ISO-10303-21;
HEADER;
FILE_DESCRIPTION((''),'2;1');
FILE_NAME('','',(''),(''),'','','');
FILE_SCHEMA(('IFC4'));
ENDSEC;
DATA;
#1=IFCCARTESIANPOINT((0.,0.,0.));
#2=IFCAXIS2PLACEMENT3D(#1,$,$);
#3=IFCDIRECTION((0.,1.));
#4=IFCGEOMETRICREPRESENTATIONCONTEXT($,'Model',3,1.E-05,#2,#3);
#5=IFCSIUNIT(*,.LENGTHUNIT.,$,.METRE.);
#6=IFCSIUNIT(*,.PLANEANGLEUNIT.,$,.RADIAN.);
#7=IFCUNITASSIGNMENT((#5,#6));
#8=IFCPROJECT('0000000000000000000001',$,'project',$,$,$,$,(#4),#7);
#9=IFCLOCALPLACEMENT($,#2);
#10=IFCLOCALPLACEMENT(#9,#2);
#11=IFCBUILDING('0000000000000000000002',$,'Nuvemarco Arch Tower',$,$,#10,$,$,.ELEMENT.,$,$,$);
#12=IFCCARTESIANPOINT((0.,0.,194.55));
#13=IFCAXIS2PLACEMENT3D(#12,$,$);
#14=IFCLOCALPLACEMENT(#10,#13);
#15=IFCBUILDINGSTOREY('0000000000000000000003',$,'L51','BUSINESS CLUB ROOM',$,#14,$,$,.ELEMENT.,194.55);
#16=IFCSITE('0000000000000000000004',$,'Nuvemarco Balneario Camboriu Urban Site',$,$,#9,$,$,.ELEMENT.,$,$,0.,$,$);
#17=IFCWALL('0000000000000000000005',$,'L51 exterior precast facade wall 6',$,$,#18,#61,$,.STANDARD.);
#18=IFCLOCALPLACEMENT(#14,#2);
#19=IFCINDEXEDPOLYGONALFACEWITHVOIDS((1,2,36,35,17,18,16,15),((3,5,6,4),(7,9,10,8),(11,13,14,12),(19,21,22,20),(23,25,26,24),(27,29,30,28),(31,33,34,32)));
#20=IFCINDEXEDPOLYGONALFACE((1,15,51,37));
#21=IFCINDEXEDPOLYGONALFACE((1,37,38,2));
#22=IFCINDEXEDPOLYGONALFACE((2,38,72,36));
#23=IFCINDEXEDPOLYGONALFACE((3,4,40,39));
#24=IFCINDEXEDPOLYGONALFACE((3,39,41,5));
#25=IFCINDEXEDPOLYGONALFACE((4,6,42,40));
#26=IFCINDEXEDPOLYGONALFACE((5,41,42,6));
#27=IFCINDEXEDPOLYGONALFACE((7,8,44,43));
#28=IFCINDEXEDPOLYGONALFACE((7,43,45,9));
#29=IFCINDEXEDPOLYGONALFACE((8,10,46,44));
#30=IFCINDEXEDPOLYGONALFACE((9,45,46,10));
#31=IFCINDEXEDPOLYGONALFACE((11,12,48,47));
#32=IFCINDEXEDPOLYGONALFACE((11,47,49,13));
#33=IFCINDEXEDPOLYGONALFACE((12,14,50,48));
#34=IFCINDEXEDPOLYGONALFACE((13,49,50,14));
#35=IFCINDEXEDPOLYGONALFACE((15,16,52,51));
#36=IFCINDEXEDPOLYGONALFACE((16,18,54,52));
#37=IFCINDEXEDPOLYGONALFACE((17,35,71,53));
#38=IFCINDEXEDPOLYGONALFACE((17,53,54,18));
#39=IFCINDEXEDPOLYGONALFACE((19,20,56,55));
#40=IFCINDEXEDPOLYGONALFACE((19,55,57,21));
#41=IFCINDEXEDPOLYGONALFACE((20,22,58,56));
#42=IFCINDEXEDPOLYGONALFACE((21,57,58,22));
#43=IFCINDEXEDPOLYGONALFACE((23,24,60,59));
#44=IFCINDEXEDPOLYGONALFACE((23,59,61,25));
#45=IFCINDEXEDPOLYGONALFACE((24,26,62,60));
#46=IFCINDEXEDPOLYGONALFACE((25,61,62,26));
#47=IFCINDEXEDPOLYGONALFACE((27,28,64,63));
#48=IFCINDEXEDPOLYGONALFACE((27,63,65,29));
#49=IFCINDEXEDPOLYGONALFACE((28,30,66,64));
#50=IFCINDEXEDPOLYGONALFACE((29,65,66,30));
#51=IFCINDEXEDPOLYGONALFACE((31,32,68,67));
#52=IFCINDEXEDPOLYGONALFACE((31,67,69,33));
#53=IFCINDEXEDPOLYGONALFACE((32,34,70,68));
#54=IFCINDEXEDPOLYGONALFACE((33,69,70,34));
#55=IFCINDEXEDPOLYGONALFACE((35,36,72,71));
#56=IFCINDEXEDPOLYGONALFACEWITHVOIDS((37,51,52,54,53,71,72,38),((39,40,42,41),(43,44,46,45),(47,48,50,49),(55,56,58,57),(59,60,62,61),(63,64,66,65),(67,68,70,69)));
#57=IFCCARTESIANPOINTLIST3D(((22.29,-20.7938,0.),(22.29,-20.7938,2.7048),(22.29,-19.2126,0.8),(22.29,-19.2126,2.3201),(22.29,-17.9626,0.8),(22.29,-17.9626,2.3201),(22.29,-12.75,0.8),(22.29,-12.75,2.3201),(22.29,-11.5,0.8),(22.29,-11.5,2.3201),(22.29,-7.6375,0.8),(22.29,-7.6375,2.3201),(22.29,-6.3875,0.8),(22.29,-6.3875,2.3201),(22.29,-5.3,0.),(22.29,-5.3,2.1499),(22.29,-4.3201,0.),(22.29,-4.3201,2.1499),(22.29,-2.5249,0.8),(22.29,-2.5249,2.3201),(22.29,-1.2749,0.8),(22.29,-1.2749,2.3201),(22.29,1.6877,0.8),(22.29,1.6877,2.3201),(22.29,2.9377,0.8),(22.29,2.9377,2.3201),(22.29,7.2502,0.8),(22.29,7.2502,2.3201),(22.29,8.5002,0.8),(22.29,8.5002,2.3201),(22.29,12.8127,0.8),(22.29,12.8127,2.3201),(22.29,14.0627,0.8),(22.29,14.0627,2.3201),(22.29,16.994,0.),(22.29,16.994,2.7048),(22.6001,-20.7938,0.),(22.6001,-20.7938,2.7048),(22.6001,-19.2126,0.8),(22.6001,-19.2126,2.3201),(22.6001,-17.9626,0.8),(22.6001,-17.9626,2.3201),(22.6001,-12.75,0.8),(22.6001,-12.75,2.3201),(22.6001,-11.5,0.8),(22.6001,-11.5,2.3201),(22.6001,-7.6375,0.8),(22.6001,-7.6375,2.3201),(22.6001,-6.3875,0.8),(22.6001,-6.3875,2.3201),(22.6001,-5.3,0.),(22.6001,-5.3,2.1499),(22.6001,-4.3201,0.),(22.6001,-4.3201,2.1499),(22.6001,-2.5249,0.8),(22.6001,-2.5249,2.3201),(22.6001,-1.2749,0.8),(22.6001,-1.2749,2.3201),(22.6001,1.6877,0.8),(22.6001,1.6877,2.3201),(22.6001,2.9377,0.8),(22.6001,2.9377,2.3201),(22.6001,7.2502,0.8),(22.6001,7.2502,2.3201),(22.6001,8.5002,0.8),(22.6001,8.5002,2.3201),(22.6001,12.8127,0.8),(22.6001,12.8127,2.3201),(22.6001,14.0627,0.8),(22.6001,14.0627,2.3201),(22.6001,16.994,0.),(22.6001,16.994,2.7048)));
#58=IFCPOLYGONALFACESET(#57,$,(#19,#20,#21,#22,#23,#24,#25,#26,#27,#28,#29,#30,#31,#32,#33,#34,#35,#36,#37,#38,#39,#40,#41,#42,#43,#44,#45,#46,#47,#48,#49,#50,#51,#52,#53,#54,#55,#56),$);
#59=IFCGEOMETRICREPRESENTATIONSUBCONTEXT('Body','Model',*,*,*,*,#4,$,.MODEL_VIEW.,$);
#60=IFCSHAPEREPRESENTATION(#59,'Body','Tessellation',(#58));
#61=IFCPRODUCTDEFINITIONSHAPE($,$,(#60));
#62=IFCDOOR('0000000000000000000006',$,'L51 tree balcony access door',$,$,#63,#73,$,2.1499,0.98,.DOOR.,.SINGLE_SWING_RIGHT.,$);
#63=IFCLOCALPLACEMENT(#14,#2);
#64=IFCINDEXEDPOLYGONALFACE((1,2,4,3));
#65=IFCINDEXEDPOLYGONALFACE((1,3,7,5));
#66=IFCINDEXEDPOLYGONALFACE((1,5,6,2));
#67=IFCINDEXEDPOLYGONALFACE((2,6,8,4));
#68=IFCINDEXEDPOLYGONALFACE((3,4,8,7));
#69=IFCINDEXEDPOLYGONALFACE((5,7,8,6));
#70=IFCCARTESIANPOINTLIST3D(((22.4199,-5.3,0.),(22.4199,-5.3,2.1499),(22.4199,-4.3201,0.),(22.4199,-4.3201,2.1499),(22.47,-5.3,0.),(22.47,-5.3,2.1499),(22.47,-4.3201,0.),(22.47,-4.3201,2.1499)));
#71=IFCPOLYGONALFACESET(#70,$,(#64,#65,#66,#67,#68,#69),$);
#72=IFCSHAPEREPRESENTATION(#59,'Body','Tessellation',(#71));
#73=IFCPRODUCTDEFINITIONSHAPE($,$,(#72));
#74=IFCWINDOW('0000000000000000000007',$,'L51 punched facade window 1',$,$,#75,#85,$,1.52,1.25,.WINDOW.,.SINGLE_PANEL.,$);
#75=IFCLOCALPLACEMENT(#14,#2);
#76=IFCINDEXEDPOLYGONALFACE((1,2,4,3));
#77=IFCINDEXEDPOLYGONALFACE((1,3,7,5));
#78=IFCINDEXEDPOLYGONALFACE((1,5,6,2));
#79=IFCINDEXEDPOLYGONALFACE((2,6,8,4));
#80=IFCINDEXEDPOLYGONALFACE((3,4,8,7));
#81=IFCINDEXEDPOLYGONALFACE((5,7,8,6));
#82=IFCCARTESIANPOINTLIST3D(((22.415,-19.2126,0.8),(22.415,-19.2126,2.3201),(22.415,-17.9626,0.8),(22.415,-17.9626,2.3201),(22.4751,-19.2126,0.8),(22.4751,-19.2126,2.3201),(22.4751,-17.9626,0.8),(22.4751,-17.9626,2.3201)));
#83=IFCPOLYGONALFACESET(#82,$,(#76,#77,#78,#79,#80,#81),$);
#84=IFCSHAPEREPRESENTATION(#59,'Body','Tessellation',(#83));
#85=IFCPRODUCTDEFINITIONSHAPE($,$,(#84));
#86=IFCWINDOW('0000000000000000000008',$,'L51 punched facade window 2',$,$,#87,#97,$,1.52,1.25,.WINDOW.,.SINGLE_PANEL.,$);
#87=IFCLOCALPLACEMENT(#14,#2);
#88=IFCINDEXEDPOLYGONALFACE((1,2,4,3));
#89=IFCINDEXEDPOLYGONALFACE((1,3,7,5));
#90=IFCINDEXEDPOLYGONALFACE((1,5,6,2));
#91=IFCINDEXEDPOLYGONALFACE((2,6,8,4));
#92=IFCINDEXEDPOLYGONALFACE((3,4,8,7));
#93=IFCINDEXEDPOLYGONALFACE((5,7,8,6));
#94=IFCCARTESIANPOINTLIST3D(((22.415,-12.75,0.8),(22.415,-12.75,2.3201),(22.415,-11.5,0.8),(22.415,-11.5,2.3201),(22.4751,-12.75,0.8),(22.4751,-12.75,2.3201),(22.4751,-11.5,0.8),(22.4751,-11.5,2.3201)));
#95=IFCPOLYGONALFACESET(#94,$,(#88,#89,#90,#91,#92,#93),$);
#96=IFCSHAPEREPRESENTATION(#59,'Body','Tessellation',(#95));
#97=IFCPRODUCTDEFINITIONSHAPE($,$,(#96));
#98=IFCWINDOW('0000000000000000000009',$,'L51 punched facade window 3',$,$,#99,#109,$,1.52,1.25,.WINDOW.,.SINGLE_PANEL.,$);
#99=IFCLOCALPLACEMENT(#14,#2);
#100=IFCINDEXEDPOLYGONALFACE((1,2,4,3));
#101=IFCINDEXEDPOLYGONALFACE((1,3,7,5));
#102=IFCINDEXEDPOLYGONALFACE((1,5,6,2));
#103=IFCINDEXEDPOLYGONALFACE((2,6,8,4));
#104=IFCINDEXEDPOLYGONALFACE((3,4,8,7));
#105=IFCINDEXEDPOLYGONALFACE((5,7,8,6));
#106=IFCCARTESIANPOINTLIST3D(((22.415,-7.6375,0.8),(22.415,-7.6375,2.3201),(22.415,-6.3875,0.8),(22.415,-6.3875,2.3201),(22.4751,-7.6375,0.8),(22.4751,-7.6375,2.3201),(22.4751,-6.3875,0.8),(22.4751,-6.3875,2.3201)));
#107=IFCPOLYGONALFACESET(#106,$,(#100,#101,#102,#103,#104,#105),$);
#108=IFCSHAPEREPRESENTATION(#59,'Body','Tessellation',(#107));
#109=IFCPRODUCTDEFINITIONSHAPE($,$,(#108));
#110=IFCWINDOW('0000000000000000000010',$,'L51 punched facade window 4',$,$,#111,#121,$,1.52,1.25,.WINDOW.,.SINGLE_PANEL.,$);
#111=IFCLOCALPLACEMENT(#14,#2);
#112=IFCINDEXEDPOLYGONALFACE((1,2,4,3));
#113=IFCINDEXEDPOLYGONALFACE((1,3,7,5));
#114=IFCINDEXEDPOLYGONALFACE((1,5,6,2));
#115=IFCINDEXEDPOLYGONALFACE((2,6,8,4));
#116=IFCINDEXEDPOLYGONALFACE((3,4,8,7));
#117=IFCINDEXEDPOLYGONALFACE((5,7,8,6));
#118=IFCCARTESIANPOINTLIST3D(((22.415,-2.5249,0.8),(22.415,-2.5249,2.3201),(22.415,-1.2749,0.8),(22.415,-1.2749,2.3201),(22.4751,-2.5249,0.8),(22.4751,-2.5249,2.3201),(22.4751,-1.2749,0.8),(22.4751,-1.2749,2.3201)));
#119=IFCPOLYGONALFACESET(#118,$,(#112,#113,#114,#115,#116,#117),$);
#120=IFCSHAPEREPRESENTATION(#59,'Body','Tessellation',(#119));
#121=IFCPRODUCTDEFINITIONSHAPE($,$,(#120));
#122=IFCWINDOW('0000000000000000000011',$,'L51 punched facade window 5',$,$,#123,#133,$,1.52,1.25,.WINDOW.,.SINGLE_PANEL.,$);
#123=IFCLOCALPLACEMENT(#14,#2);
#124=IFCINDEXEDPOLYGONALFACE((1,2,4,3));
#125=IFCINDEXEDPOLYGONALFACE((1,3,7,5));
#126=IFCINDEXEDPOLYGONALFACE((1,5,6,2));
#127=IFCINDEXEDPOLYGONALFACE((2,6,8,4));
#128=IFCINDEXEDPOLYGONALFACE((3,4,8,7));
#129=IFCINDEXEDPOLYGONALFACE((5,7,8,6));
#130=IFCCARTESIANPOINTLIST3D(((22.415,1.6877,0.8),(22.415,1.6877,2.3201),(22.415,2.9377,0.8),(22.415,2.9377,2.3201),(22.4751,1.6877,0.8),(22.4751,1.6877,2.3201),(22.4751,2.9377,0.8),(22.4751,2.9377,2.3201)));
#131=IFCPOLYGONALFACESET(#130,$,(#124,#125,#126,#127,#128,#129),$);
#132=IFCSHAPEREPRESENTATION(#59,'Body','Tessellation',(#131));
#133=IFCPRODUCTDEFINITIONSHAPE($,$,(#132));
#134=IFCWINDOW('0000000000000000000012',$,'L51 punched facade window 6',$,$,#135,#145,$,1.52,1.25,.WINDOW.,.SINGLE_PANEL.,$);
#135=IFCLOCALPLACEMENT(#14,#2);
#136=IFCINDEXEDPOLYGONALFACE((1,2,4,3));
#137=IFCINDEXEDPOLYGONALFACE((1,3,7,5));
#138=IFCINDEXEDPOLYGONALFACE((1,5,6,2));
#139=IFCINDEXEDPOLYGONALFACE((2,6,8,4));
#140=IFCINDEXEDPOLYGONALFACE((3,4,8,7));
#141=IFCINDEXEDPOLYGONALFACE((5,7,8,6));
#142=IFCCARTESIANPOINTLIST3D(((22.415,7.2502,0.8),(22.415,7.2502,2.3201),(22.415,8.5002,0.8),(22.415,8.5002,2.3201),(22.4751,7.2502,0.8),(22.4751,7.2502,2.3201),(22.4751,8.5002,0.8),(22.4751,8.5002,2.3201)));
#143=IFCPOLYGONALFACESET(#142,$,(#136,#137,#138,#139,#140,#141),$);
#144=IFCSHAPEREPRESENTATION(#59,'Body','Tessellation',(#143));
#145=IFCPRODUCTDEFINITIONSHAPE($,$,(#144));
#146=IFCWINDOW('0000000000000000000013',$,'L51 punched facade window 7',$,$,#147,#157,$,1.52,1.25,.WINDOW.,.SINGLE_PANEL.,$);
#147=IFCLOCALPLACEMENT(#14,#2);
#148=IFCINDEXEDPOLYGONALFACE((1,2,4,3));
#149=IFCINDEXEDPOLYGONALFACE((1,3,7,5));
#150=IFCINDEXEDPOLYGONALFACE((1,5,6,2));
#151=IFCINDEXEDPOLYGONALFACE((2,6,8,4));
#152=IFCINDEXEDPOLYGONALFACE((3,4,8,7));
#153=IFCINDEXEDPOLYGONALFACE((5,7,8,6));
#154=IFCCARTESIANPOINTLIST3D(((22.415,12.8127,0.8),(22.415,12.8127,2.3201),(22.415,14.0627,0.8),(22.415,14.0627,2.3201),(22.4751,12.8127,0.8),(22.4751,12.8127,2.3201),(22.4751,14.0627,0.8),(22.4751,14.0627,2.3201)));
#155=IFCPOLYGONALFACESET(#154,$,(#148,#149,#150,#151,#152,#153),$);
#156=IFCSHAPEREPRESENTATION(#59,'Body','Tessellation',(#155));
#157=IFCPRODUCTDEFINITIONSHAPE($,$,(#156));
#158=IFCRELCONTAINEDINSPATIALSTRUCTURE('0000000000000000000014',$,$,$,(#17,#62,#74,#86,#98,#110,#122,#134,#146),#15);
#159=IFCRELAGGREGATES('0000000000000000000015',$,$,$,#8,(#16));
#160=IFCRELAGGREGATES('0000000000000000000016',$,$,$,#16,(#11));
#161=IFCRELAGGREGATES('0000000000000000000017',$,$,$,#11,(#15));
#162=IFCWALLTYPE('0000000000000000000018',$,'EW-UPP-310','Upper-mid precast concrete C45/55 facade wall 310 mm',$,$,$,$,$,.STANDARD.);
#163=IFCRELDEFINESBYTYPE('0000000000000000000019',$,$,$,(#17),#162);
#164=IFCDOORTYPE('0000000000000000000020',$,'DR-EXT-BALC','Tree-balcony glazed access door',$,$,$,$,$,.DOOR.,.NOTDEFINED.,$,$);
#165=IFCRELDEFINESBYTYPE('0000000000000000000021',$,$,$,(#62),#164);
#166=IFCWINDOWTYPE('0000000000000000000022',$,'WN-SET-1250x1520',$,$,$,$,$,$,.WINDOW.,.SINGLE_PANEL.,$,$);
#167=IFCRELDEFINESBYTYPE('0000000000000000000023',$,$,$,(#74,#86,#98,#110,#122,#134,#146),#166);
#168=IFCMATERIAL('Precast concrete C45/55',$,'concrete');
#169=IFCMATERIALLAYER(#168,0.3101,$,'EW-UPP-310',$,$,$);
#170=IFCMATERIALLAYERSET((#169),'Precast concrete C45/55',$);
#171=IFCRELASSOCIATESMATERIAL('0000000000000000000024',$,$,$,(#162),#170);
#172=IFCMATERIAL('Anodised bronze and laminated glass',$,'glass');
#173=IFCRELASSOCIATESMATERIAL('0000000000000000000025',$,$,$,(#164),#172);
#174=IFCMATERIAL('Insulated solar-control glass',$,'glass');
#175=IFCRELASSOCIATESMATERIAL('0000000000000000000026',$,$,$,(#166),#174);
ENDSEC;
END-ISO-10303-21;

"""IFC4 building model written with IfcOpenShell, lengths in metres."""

from ifc_helpers import new_model, si_unit, direction, frame, frame_2d, origin, place, context, subcontext, project, spatial, rectangle, extrude, source, transform, mapped, material, layer, layer_set, type_object, type_shapes, element, fill, save


model = new_model("IFC4")

# Units and contexts
model_context = context("Model", 3, precision=1e-05, world=origin(), true_north=direction((0.0, 1.0)))
body_context = subcontext(model_context, "Body", "Model", "MODEL_VIEW")
ifc_project = project(units=[si_unit("LENGTHUNIT", "METRE"), si_unit("PLANEANGLEUNIT", "RADIAN")], contexts=[model_context])

# Site, building, storey
site_placement = place(None, origin())
site = spatial("IfcSite", under=ifc_project, at=site_placement, Name="Nuvemarco Balneario Camboriu Urban Site", CompositionType="ELEMENT", RefElevation=0.0)
building_placement = place(site_placement, origin())
building = spatial("IfcBuilding", under=site, at=building_placement, Name="Nuvemarco Arch Tower", CompositionType="ELEMENT")
storey_placement = place(building_placement, frame((0.0, 0.0, 194.55)))
storey = spatial("IfcBuildingStorey", under=building, at=storey_placement, Name="L51", Description="BUSINESS CLUB ROOM", CompositionType="ELEMENT", Elevation=194.55)

# Shared definitions
ifc_material_1 = material(Name="Precast concrete C45/55", Category="concrete")

# Shared definitions
ifc_layer_1 = layer(ifc_material_1, 0.3101, Name="EW-UPP-310")
ifc_layer_set_1 = layer_set([ifc_layer_1], Name="Precast concrete C45/55")
wall_type_1 = type_object("IfcWallType", Name="EW-UPP-310", Description="Upper-mid precast concrete C45/55 facade wall 310 mm", PredefinedType="STANDARD", material=ifc_layer_set_1)

# Wall, openings, door, windows
wall_1_placement = place(storey_placement, frame((22.4451, -20.7939, 0.0), z_axis=(0.0, 0.0, 1.0), x_axis=(0.0, 1.0, 0.0)))
wall_1 = element("IfcWall", 1, at=wall_1_placement, inside=storey, type_object=wall_type_1, Name="L51 exterior precast facade wall 6", PredefinedType="STANDARD", context=body_context, shape_type="SweptSolid", body=[
    extrude(rectangle(XDim=37.7878, YDim=0.3101, at=frame_2d((18.894, 0.0))), origin(), (0.0, 0.0, 1.0), 2.7048),
])
opening_1_placement = place(wall_1_placement, frame((16.4739, 0.0, 0.0), z_axis=(0.0, 0.0, 1.0), x_axis=(-1.0, 0.0, 0.0)))
opening_1 = element("IfcOpeningElement", 2, at=opening_1_placement, cuts=wall_1, PredefinedType="OPENING", context=body_context, shape_type="SweptSolid", body=[
    extrude(rectangle(XDim=0.98, YDim=2.1499, at=frame_2d((0.49, 1.075))), frame((0.0, 0.165, 0.0), z_axis=(0.0, -1.0, 0.0), x_axis=(1.0, 0.0, 0.0)), (0.0, 0.0, 1.0), 0.3301),
])
opening_2_placement = place(wall_1_placement, frame((1.5813, 0.0, 0.8)))
opening_2 = element("IfcOpeningElement", 3, at=opening_2_placement, cuts=wall_1, PredefinedType="OPENING", context=body_context, shape_type="SweptSolid", body=[
    extrude(rectangle(XDim=1.25, YDim=1.52, at=frame_2d((0.625, 0.76))), frame((0.0, 0.165, 0.0), z_axis=(0.0, -1.0, 0.0), x_axis=(1.0, 0.0, 0.0)), (0.0, 0.0, 1.0), 0.3301),
])
opening_3_placement = place(wall_1_placement, frame((8.0439, 0.0, 0.8)))
opening_3 = element("IfcOpeningElement", 4, at=opening_3_placement, cuts=wall_1, PredefinedType="OPENING", context=body_context, shape_type="SweptSolid", body=[
    extrude(rectangle(XDim=1.25, YDim=1.52, at=frame_2d((0.625, 0.76))), frame((0.0, 0.165, 0.0), z_axis=(0.0, -1.0, 0.0), x_axis=(1.0, 0.0, 0.0)), (0.0, 0.0, 1.0), 0.3301),
])
opening_4_placement = place(wall_1_placement, frame((13.1565, 0.0, 0.8)))
opening_4 = element("IfcOpeningElement", 5, at=opening_4_placement, cuts=wall_1, PredefinedType="OPENING", context=body_context, shape_type="SweptSolid", body=[
    extrude(rectangle(XDim=1.25, YDim=1.52, at=frame_2d((0.625, 0.76))), frame((0.0, 0.165, 0.0), z_axis=(0.0, -1.0, 0.0), x_axis=(1.0, 0.0, 0.0)), (0.0, 0.0, 1.0), 0.3301),
])
opening_5_placement = place(wall_1_placement, frame((18.269, 0.0, 0.8)))
opening_5 = element("IfcOpeningElement", 6, at=opening_5_placement, cuts=wall_1, PredefinedType="OPENING", context=body_context, shape_type="SweptSolid", body=[
    extrude(rectangle(XDim=1.25, YDim=1.52, at=frame_2d((0.625, 0.76))), frame((0.0, 0.165, 0.0), z_axis=(0.0, -1.0, 0.0), x_axis=(1.0, 0.0, 0.0)), (0.0, 0.0, 1.0), 0.3301),
])
opening_6_placement = place(wall_1_placement, frame((22.4817, 0.0, 0.8)))
opening_6 = element("IfcOpeningElement", 7, at=opening_6_placement, cuts=wall_1, PredefinedType="OPENING", context=body_context, shape_type="SweptSolid", body=[
    extrude(rectangle(XDim=1.25, YDim=1.52, at=frame_2d((0.625, 0.76))), frame((0.0, 0.165, 0.0), z_axis=(0.0, -1.0, 0.0), x_axis=(1.0, 0.0, 0.0)), (0.0, 0.0, 1.0), 0.3301),
])
opening_7_placement = place(wall_1_placement, frame((28.0442, 0.0, 0.8)))
opening_7 = element("IfcOpeningElement", 8, at=opening_7_placement, cuts=wall_1, PredefinedType="OPENING", context=body_context, shape_type="SweptSolid", body=[
    extrude(rectangle(XDim=1.25, YDim=1.52, at=frame_2d((0.625, 0.76))), frame((0.0, 0.165, 0.0), z_axis=(0.0, -1.0, 0.0), x_axis=(1.0, 0.0, 0.0)), (0.0, 0.0, 1.0), 0.3301),
])
opening_8_placement = place(wall_1_placement, frame((33.6067, 0.0, 0.8)))
opening_8 = element("IfcOpeningElement", 9, at=opening_8_placement, cuts=wall_1, PredefinedType="OPENING", context=body_context, shape_type="SweptSolid", body=[
    extrude(rectangle(XDim=1.25, YDim=1.52, at=frame_2d((0.625, 0.76))), frame((0.0, 0.165, 0.0), z_axis=(0.0, -1.0, 0.0), x_axis=(1.0, 0.0, 0.0)), (0.0, 0.0, 1.0), 0.3301),
])
ifc_material_2 = material(Name="Anodised bronze and laminated glass", Category="glass")
door_type_1 = type_object("IfcDoorType", Name="DR-EXT-BALC", Description="Tree-balcony glazed access door", OperationType="NOTDEFINED", PredefinedType="DOOR", material=ifc_material_2)
shared_shape_1 = source(origin(), body_context, "Body", "SweptSolid", [
    extrude(rectangle(XDim=0.98, YDim=2.1499, at=frame_2d((0.49, 1.075))), frame((0.0, 0.0249, 0.0), z_axis=(0.0, -1.0, 0.0), x_axis=(1.0, 0.0, 0.0)), (0.0, 0.0, 1.0), 0.05),
])
type_shapes(door_type_1, [shared_shape_1])
door_1_placement = place(opening_1_placement, origin())
door_1 = element("IfcDoor", 10, at=door_1_placement, inside=storey, type_object=door_type_1, Name="L51 tree balcony access door", OperationType="SINGLE_SWING_RIGHT", OverallHeight=2.1499, OverallWidth=0.98, PredefinedType="DOOR", context=body_context, shape_type="MappedRepresentation", body=[
    mapped(shared_shape_1, transform((0.0, 0.0, 0.0), scale=1.0)),
])
fill(opening_1, door_1)
ifc_material_3 = material(Name="Insulated solar-control glass", Category="glass")
window_type = type_object("IfcWindowType", Name="WN-SET-1250x1520", PartitioningType="SINGLE_PANEL", PredefinedType="WINDOW", material=ifc_material_3)
shared_shape_2 = source(origin(), body_context, "Body", "SweptSolid", [
    extrude(rectangle(XDim=1.25, YDim=1.52, at=frame_2d((0.625, 0.76))), frame((0.0, 0.03, 0.0), z_axis=(0.0, -1.0, 0.0), x_axis=(1.0, 0.0, 0.0)), (0.0, 0.0, 1.0), 0.0601),
])
type_shapes(window_type, [shared_shape_2])
window_1_placement = place(opening_2_placement, origin())
window_1 = element("IfcWindow", 11, at=window_1_placement, inside=storey, type_object=window_type, Name="L51 punched facade window 1", OverallHeight=1.52, OverallWidth=1.25, PartitioningType="SINGLE_PANEL", PredefinedType="WINDOW", context=body_context, shape_type="MappedRepresentation", body=[
    mapped(shared_shape_2, transform((0.0, 0.0, 0.0), scale=1.0)),
])
fill(opening_2, window_1)
window_2_placement = place(opening_3_placement, origin())
window_2 = element("IfcWindow", 12, at=window_2_placement, inside=storey, type_object=window_type, Name="L51 punched facade window 2", OverallHeight=1.52, OverallWidth=1.25, PartitioningType="SINGLE_PANEL", PredefinedType="WINDOW", context=body_context, shape_type="MappedRepresentation", body=[
    mapped(shared_shape_2, transform((0.0, 0.0, 0.0), scale=1.0)),
])
fill(opening_3, window_2)
window_3_placement = place(opening_4_placement, origin())
window_3 = element("IfcWindow", 13, at=window_3_placement, inside=storey, type_object=window_type, Name="L51 punched facade window 3", OverallHeight=1.52, OverallWidth=1.25, PartitioningType="SINGLE_PANEL", PredefinedType="WINDOW", context=body_context, shape_type="MappedRepresentation", body=[
    mapped(shared_shape_2, transform((0.0, 0.0, 0.0), scale=1.0)),
])
fill(opening_4, window_3)
window_4_placement = place(opening_5_placement, origin())
window_4 = element("IfcWindow", 14, at=window_4_placement, inside=storey, type_object=window_type, Name="L51 punched facade window 4", OverallHeight=1.52, OverallWidth=1.25, PartitioningType="SINGLE_PANEL", PredefinedType="WINDOW", context=body_context, shape_type="MappedRepresentation", body=[
    mapped(shared_shape_2, transform((0.0, 0.0, 0.0), scale=1.0)),
])
fill(opening_5, window_4)
window_5_placement = place(opening_6_placement, origin())
window_5 = element("IfcWindow", 15, at=window_5_placement, inside=storey, type_object=window_type, Name="L51 punched facade window 5", OverallHeight=1.52, OverallWidth=1.25, PartitioningType="SINGLE_PANEL", PredefinedType="WINDOW", context=body_context, shape_type="MappedRepresentation", body=[
    mapped(shared_shape_2, transform((0.0, 0.0, 0.0), scale=1.0)),
])
fill(opening_6, window_5)
window_6_placement = place(opening_7_placement, origin())
window_6 = element("IfcWindow", 16, at=window_6_placement, inside=storey, type_object=window_type, Name="L51 punched facade window 6", OverallHeight=1.52, OverallWidth=1.25, PartitioningType="SINGLE_PANEL", PredefinedType="WINDOW", context=body_context, shape_type="MappedRepresentation", body=[
    mapped(shared_shape_2, transform((0.0, 0.0, 0.0), scale=1.0)),
])
fill(opening_7, window_6)
window_7_placement = place(opening_8_placement, origin())
window_7 = element("IfcWindow", 17, at=window_7_placement, inside=storey, type_object=window_type, Name="L51 punched facade window 7", OverallHeight=1.52, OverallWidth=1.25, PartitioningType="SINGLE_PANEL", PredefinedType="WINDOW", context=body_context, shape_type="MappedRepresentation", body=[
    mapped(shared_shape_2, transform((0.0, 0.0, 0.0), scale=1.0)),
])
fill(opening_8, window_7)

save(model, "model.ifc")
